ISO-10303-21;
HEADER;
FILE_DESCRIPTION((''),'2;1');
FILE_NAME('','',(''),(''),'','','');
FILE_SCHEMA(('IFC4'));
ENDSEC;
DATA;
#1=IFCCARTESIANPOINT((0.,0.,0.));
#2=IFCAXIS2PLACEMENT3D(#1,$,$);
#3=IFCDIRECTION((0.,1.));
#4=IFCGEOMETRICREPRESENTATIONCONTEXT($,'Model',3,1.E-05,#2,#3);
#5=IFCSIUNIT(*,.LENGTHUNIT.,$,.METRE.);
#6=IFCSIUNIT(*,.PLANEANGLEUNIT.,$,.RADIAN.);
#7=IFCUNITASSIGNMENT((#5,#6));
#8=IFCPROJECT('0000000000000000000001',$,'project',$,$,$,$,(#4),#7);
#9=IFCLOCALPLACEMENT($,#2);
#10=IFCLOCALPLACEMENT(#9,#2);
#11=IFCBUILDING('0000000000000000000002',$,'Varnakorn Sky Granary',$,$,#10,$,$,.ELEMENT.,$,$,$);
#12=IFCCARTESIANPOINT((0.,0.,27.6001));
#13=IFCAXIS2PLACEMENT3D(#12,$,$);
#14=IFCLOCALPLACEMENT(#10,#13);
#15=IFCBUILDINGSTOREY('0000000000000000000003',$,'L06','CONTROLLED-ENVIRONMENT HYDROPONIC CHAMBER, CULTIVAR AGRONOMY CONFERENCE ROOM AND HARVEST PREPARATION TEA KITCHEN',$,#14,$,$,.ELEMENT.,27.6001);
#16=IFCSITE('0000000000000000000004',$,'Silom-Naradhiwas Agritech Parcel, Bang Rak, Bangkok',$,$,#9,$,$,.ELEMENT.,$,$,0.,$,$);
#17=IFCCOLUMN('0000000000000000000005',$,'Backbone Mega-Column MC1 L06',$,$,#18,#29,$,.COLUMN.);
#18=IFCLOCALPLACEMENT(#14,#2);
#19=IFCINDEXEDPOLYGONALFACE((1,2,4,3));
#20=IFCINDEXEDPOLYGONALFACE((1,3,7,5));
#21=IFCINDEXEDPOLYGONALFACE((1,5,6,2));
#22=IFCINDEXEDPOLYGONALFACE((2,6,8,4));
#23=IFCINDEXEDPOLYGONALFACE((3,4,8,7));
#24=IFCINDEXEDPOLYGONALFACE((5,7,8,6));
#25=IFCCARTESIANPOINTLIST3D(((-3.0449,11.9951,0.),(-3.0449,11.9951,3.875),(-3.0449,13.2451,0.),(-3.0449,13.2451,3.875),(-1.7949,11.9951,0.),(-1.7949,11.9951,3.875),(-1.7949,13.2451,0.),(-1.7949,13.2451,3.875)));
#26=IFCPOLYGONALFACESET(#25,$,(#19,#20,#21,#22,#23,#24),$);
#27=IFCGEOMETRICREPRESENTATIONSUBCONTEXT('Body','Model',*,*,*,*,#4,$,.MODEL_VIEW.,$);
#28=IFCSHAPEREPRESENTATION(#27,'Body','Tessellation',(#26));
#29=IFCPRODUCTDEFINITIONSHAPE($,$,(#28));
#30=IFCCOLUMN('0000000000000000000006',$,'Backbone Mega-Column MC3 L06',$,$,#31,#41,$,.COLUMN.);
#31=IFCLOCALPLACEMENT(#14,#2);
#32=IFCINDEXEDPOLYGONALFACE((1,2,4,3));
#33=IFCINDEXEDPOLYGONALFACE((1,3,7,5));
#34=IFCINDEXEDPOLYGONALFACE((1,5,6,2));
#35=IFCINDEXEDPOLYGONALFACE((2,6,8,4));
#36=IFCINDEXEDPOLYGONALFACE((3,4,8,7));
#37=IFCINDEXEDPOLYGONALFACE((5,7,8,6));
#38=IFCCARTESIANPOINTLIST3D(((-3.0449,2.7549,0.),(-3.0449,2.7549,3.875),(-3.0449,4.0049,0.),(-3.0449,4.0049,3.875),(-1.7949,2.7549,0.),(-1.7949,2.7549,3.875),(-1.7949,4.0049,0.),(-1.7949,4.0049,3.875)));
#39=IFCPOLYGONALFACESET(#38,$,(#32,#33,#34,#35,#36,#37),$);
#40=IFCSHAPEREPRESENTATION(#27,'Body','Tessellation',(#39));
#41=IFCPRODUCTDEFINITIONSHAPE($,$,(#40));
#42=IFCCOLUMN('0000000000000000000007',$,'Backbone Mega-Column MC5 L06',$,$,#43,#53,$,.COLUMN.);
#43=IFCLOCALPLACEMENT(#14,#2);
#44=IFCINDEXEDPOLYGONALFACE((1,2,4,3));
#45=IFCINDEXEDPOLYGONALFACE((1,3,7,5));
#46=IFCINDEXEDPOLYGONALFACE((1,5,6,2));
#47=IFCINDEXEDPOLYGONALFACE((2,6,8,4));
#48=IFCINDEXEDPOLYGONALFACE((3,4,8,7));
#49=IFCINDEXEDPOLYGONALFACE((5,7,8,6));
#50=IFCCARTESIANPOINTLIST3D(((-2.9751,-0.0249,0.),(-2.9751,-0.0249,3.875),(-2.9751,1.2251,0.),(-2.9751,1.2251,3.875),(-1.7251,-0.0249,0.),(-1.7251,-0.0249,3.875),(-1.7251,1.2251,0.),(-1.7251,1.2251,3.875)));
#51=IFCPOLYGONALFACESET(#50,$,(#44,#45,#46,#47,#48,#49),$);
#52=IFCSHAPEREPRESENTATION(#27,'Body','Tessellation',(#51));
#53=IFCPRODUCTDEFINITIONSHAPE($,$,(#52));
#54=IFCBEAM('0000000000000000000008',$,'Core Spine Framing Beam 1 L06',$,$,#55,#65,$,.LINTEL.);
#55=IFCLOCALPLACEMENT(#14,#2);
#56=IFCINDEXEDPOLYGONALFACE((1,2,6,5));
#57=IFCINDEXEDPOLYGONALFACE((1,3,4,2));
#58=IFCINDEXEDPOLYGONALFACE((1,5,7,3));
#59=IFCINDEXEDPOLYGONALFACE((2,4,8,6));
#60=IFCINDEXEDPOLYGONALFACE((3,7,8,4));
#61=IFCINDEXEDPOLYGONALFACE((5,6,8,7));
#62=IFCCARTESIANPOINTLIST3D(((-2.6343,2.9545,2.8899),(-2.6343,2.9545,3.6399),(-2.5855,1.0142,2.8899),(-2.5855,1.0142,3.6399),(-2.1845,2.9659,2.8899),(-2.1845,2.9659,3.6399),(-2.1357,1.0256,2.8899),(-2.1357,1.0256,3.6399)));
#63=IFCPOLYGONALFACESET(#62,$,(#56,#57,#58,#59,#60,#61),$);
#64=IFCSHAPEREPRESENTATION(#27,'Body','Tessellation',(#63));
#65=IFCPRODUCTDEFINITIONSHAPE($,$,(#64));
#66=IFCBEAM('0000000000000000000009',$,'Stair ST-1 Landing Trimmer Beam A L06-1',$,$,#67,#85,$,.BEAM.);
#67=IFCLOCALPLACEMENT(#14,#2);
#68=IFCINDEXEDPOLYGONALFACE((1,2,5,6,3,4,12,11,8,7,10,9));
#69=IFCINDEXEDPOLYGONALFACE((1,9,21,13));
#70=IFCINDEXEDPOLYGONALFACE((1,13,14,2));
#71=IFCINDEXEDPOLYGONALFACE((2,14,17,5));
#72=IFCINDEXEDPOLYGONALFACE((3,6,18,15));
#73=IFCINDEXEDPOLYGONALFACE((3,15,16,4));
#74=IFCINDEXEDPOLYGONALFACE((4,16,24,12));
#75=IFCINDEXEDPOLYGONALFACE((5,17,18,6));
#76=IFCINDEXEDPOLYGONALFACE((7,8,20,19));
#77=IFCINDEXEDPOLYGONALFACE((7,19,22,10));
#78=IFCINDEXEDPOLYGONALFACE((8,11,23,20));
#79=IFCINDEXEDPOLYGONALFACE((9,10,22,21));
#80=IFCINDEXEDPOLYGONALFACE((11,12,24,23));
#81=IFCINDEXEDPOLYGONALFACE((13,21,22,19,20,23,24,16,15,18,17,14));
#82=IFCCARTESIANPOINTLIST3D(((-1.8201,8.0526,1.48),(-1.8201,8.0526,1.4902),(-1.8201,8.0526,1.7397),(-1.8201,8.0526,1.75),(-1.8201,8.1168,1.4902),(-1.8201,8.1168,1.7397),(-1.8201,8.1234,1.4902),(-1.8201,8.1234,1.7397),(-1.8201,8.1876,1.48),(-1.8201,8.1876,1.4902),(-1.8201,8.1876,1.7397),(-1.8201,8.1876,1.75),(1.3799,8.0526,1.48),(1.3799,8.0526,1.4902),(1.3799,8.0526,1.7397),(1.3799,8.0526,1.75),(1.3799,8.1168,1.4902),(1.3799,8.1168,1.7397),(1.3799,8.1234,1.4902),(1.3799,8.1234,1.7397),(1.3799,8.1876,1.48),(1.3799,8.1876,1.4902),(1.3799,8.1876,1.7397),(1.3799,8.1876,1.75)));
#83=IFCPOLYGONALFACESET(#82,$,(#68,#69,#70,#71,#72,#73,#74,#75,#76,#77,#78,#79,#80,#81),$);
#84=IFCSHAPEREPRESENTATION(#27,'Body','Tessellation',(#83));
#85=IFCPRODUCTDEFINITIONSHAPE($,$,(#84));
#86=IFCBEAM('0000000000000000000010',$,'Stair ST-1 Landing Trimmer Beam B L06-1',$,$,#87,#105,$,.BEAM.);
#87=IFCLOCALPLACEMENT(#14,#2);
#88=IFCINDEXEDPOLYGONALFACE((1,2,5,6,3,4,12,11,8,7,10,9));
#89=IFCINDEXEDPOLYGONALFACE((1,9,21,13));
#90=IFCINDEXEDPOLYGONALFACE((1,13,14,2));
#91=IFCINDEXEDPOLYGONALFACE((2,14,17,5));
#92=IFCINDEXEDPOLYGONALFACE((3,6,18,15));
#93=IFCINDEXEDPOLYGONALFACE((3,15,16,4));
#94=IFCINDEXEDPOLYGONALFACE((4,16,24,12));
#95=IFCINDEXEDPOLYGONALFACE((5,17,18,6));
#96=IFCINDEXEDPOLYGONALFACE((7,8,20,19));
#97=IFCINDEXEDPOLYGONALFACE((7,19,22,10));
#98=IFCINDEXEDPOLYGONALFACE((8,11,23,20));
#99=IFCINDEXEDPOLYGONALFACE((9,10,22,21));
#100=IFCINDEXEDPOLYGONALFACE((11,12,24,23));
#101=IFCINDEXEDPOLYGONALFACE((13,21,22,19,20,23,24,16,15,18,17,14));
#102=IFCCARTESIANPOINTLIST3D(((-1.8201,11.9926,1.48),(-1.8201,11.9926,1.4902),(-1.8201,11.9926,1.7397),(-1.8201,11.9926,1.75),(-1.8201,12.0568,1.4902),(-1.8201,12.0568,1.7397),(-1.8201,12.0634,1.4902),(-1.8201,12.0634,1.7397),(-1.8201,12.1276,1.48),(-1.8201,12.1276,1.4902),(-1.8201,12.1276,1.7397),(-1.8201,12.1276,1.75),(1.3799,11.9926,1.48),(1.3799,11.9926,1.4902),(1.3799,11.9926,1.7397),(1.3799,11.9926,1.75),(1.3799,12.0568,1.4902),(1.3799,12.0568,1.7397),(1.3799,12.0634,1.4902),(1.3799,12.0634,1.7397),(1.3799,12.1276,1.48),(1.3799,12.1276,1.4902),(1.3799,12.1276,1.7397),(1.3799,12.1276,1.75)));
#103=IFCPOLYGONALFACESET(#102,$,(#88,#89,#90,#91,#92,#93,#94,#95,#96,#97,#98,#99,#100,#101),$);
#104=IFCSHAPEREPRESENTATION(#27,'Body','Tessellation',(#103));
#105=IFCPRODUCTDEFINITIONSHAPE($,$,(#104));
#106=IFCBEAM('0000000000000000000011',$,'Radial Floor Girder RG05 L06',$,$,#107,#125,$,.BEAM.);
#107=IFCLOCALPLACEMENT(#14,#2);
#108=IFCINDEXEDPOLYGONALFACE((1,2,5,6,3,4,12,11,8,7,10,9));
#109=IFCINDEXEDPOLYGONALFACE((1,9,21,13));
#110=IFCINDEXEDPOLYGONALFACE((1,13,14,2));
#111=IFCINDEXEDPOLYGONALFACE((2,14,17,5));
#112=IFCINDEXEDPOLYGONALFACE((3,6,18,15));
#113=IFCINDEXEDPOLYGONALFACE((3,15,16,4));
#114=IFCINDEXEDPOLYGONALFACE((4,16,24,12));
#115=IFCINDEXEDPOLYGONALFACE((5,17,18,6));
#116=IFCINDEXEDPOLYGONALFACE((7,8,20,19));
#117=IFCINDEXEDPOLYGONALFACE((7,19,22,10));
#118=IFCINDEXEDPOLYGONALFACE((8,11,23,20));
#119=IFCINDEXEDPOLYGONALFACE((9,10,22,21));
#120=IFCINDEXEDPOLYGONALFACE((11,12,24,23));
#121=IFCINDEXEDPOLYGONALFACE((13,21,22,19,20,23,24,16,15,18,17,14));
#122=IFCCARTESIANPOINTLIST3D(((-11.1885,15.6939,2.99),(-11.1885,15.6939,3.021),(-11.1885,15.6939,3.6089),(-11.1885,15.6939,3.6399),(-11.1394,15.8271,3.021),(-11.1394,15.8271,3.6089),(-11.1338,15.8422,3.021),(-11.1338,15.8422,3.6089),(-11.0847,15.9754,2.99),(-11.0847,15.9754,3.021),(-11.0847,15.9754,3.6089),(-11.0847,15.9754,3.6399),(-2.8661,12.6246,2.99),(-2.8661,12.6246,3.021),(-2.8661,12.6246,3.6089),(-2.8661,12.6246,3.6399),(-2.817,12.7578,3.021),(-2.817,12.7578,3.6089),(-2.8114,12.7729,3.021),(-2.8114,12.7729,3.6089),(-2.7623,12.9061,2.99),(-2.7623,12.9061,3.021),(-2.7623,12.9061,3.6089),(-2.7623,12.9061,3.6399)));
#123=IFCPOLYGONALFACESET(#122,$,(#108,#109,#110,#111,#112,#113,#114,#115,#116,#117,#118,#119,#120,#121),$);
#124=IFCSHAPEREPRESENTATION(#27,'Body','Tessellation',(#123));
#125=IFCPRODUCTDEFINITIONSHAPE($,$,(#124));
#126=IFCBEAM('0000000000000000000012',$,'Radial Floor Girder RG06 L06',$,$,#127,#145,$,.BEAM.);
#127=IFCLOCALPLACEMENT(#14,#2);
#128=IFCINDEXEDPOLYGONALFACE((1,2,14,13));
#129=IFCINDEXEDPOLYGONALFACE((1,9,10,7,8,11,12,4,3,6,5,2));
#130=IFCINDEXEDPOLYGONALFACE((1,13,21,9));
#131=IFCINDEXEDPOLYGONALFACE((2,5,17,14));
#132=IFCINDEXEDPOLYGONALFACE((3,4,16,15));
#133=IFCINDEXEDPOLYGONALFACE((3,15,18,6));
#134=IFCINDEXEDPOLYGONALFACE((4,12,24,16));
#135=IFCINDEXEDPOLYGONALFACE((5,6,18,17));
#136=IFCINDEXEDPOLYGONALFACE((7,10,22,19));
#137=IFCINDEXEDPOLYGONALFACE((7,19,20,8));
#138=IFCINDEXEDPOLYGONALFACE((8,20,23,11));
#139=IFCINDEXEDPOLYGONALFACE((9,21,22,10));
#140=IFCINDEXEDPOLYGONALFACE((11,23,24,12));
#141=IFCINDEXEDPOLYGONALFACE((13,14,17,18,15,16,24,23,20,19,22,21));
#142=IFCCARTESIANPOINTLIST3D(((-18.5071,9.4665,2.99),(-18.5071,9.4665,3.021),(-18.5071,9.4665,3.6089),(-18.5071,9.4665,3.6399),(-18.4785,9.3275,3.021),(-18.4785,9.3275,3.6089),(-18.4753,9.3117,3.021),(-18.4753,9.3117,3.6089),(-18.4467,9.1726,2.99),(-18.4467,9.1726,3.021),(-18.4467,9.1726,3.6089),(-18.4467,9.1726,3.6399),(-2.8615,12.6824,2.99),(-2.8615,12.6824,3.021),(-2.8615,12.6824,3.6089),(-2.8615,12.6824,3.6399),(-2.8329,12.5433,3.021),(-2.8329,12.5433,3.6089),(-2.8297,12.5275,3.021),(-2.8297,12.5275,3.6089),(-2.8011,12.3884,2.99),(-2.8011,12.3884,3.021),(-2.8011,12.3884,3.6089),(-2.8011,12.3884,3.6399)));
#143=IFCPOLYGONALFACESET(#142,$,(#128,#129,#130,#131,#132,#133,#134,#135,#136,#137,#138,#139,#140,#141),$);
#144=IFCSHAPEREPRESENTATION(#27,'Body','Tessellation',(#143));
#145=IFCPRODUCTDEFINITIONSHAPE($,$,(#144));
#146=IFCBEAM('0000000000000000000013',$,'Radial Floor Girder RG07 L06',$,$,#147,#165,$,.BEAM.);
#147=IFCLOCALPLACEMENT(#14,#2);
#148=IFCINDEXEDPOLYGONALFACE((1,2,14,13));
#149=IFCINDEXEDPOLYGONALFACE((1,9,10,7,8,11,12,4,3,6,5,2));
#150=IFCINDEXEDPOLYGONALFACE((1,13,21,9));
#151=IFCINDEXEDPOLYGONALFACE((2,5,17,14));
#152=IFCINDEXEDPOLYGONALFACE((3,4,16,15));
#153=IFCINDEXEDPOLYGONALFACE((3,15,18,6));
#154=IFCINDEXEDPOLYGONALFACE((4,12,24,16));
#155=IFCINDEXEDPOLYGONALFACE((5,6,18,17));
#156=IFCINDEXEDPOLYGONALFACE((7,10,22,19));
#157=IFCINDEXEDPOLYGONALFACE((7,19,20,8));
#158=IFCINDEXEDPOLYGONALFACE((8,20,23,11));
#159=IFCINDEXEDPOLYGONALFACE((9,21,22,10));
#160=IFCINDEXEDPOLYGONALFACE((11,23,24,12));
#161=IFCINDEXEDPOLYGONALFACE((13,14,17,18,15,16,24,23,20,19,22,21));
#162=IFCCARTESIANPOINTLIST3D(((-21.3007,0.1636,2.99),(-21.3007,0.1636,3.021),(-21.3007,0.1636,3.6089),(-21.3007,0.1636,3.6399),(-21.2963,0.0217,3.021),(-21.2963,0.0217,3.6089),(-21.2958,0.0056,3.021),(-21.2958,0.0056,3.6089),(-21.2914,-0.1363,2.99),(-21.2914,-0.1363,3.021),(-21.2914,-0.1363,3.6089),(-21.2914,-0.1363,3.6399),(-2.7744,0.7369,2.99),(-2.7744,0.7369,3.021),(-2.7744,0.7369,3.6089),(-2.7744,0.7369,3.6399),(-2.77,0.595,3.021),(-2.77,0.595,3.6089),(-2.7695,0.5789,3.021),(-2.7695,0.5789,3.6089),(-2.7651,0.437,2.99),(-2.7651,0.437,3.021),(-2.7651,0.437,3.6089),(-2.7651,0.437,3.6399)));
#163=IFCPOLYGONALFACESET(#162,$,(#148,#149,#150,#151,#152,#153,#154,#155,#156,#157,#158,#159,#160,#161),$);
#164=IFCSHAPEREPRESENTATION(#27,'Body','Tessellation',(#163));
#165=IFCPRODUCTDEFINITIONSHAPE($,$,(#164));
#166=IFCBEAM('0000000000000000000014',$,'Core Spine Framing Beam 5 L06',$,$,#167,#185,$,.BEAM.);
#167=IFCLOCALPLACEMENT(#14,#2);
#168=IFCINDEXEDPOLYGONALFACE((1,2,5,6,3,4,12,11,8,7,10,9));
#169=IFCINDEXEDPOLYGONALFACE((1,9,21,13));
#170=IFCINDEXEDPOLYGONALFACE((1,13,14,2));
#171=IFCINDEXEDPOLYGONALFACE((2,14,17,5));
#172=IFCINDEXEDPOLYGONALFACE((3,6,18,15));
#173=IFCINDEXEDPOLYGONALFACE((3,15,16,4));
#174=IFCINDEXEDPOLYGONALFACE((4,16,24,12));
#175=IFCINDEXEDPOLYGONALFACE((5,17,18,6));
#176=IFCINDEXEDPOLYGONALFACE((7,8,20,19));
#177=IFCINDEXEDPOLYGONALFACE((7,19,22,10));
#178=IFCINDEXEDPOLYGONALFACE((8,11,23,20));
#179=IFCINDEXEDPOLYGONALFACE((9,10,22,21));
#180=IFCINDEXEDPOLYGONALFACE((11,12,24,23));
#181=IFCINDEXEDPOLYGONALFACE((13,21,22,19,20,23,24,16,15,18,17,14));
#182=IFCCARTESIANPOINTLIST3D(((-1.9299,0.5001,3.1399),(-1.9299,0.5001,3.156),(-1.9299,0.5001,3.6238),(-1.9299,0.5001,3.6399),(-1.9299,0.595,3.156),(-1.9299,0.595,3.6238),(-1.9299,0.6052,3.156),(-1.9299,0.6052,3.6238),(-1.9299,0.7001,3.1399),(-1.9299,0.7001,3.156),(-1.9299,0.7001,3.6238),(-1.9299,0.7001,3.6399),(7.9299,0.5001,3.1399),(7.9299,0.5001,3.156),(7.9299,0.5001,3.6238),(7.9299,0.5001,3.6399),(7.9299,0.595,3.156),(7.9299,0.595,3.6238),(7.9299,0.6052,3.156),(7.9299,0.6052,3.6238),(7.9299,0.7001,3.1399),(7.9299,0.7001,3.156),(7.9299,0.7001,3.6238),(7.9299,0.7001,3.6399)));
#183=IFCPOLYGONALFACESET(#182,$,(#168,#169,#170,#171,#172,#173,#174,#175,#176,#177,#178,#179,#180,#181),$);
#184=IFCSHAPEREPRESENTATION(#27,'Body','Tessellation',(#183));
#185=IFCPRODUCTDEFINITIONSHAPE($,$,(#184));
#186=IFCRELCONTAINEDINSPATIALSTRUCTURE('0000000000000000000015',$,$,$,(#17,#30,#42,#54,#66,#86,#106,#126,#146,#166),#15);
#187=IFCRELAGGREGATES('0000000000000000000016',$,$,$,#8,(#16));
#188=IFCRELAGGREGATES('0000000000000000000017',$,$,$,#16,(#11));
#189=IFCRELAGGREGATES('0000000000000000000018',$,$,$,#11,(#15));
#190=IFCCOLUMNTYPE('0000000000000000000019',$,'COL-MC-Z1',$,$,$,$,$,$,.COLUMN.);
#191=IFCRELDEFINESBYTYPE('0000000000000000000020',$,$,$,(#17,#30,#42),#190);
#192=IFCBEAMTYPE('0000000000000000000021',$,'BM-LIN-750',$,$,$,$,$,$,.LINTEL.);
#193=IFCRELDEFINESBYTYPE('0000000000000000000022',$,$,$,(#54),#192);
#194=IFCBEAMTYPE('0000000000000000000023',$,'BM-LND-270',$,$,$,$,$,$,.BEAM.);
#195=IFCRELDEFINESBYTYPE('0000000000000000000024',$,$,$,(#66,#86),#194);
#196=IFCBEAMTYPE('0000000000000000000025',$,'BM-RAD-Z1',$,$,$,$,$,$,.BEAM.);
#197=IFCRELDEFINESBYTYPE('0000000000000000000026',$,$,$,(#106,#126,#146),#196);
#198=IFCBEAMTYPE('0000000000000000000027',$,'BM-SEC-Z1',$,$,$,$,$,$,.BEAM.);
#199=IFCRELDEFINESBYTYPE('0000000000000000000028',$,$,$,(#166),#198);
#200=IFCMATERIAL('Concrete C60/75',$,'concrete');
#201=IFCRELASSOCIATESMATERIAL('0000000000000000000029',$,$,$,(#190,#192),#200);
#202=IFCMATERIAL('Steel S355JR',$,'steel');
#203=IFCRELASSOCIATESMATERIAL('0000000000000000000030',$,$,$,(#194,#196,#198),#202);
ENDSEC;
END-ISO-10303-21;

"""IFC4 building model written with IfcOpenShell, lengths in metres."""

from ifc_helpers import new_model, si_unit, direction, frame, origin, origin_2d, place, context, subcontext, project, spatial, rectangle, i_section, extrude, material, material_profile, profile_set, type_object, element, save


model = new_model("IFC4")

# Units and contexts
model_context = context("Model", 3, precision=1e-05, world=origin(), true_north=direction((0.0, 1.0)))
body_context = subcontext(model_context, "Body", "Model", "MODEL_VIEW")
ifc_project = project(units=[si_unit("LENGTHUNIT", "METRE"), si_unit("PLANEANGLEUNIT", "RADIAN")], contexts=[model_context])

# Site, building, storey
site_placement = place(None, origin())
site = spatial("IfcSite", under=ifc_project, at=site_placement, Name="Silom-Naradhiwas Agritech Parcel, Bang Rak, Bangkok", CompositionType="ELEMENT", RefElevation=0.0)
building_placement = place(site_placement, origin())
building = spatial("IfcBuilding", under=site, at=building_placement, Name="Varnakorn Sky Granary", CompositionType="ELEMENT")
storey_placement = place(building_placement, frame((0.0, 0.0, 27.6001)))
storey = spatial("IfcBuildingStorey", under=building, at=storey_placement, Name="L06", Description="CONTROLLED-ENVIRONMENT HYDROPONIC CHAMBER, CULTIVAR AGRONOMY CONFERENCE ROOM AND HARVEST PREPARATION TEA KITCHEN", CompositionType="ELEMENT", Elevation=27.6001)

# Columns
ifc_material_1 = material(Name="Concrete C60/75", Category="concrete")
ifc_material_profile_1 = material_profile(ifc_material_1, rectangle(XDim=1.25, YDim=1.25, at=origin_2d()), Name="RC 1250x1250")
ifc_profile_set_1 = profile_set([ifc_material_profile_1], Name="Concrete C60/75")
column_type = type_object("IfcColumnType", Name="COL-MC-Z1", PredefinedType="COLUMN", material=ifc_profile_set_1)
for number, where, z_axis, x_axis, name in (
    (1, (-2.4199, 12.6201, 0.0), (0.0, 0.0, 1.0), (1.0, 0.0, 0.0), "Backbone Mega-Column MC1 L06"),
    (2, (-2.4199, 3.3799, 0.0), (0.0, 0.0, 1.0), (1.0, 0.0, 0.0), "Backbone Mega-Column MC3 L06"),
    (3, (-2.3501, 0.6001, 0.0), (0.0, 0.0, 1.0), (1.0, 0.0, 0.0), "Backbone Mega-Column MC5 L06"),
):
    element("IfcColumn", number, at=place(storey_placement, frame(where, z_axis=z_axis, x_axis=x_axis)), inside=storey, type_object=column_type, Name=name, PredefinedType="COLUMN", context=body_context, shape_type="SweptSolid", body=[
        extrude(rectangle(XDim=1.25, YDim=1.25, at=origin_2d()), origin(), (0.0, 0.0, 1.0), 3.875),
    ])

# Beams
ifc_material_profile_2 = material_profile(ifc_material_1, rectangle(XDim=0.45, YDim=0.75, at=origin_2d()), Name="RC 450x750")
ifc_profile_set_2 = profile_set([ifc_material_profile_2], Name="Concrete C60/75")
beam_type_1 = type_object("IfcBeamType", Name="BM-LIN-750", PredefinedType="LINTEL", material=ifc_profile_set_2)
beam_1_placement = place(storey_placement, frame((-2.4094, 2.9602, 3.2649), z_axis=(0.025159, -0.999683, 0.0), x_axis=(0.999683, 0.025159, 0.0)))
element("IfcBeam", 4, at=beam_1_placement, inside=storey, type_object=beam_type_1, Name="Core Spine Framing Beam 1 L06", PredefinedType="LINTEL", context=body_context, shape_type="SweptSolid", body=[
    extrude(rectangle(XDim=0.45, YDim=0.75, at=origin_2d()), origin(), (0.0, 0.0, 1.0), 1.9409),
])
ifc_material_2 = material(Name="Steel S355JR", Category="steel")
ifc_material_profile_3 = material_profile(ifc_material_2, i_section(OverallWidth=0.135, OverallDepth=0.27, WebThickness=0.0066, FlangeThickness=0.0103, at=origin_2d()), Name="IPE 270")
ifc_profile_set_3 = profile_set([ifc_material_profile_3], Name="Steel S355JR")
beam_type_2 = type_object("IfcBeamType", Name="BM-LND-270", PredefinedType="BEAM", material=ifc_profile_set_3)
for number, where, z_axis, x_axis, name in (
    (5, (-1.8201, 8.1201, 1.615), (1.0, 0.0, 0.0), (0.0, 1.0, 0.0), "Stair ST-1 Landing Trimmer Beam A L06-1"),
    (6, (-1.8201, 12.0601, 1.615), (1.0, 0.0, 0.0), (0.0, 1.0, 0.0), "Stair ST-1 Landing Trimmer Beam B L06-1"),
):
    element("IfcBeam", number, at=place(storey_placement, frame(where, z_axis=z_axis, x_axis=x_axis)), inside=storey, type_object=beam_type_2, Name=name, PredefinedType="BEAM", context=body_context, shape_type="SweptSolid", body=[
        extrude(i_section(OverallWidth=0.135, OverallDepth=0.27, WebThickness=0.0066, FlangeThickness=0.0103, at=origin_2d()), origin(), (0.0, 0.0, 1.0), 3.2),
    ])
ifc_material_profile_4 = material_profile(ifc_material_2, i_section(OverallWidth=0.3, OverallDepth=0.6499, WebThickness=0.0161, FlangeThickness=0.031, at=origin_2d()), Name="HE 650 B")
ifc_profile_set_4 = profile_set([ifc_material_profile_4], Name="Steel S355JR")
beam_type_3 = type_object("IfcBeamType", Name="BM-RAD-Z1", PredefinedType="BEAM", material=ifc_profile_set_4)
beam_2_placement = place(storey_placement, frame((-2.8142, 12.7654, 3.3149), z_axis=(-0.938228, 0.346018, 0.0), x_axis=(-0.346018, -0.938228, 0.0)))
element("IfcBeam", 7, at=beam_2_placement, inside=storey, type_object=beam_type_3, Name="Radial Floor Girder RG05 L06", PredefinedType="BEAM", context=body_context, shape_type="SweptSolid", body=[
    extrude(i_section(OverallWidth=0.3, OverallDepth=0.6499, WebThickness=0.0161, FlangeThickness=0.031, at=origin_2d()), origin(), (0.0, 0.0, 1.0), 8.8704),
])
beam_3_placement = place(storey_placement, frame((-2.8313, 12.5354, 3.3149), z_axis=(-0.979523, -0.201334, 0.0), x_axis=(0.201334, -0.979523, 0.0)))
element("IfcBeam", 8, at=beam_3_placement, inside=storey, type_object=beam_type_3, Name="Radial Floor Girder RG06 L06", PredefinedType="BEAM", context=body_context, shape_type="SweptSolid", body=[
    extrude(i_section(OverallWidth=0.3, OverallDepth=0.6499, WebThickness=0.0161, FlangeThickness=0.031, at=origin_2d()), origin(), (0.0, 0.0, 1.0), 15.9727),
])
beam_4_placement = place(storey_placement, frame((-2.7698, 0.5869, 3.3149), z_axis=(-0.999522, -0.030927, 0.0), x_axis=(0.030927, -0.999522, 0.0)))
element("IfcBeam", 9, at=beam_4_placement, inside=storey, type_object=beam_type_3, Name="Radial Floor Girder RG07 L06", PredefinedType="BEAM", context=body_context, shape_type="SweptSolid", body=[
    extrude(i_section(OverallWidth=0.3, OverallDepth=0.6499, WebThickness=0.0161, FlangeThickness=0.031, at=origin_2d()), origin(), (0.0, 0.0, 1.0), 18.5352),
])
ifc_material_profile_5 = material_profile(ifc_material_2, i_section(OverallWidth=0.2, OverallDepth=0.5, WebThickness=0.0103, FlangeThickness=0.0161, at=origin_2d()), Name="IPE 500")
ifc_profile_set_5 = profile_set([ifc_material_profile_5], Name="Steel S355JR")
beam_type_4 = type_object("IfcBeamType", Name="BM-SEC-Z1", PredefinedType="BEAM", material=ifc_profile_set_5)
beam_5_placement = place(storey_placement, frame((-1.9299, 0.6001, 3.3899), z_axis=(1.0, 0.0, 0.0), x_axis=(0.0, 1.0, 0.0)))
element("IfcBeam", 10, at=beam_5_placement, inside=storey, type_object=beam_type_4, Name="Core Spine Framing Beam 5 L06", PredefinedType="BEAM", context=body_context, shape_type="SweptSolid", body=[
    extrude(i_section(OverallWidth=0.2, OverallDepth=0.5, WebThickness=0.0103, FlangeThickness=0.0161, at=origin_2d()), origin(), (0.0, 0.0, 1.0), 9.8599),
])

save(model, "model.ifc")
